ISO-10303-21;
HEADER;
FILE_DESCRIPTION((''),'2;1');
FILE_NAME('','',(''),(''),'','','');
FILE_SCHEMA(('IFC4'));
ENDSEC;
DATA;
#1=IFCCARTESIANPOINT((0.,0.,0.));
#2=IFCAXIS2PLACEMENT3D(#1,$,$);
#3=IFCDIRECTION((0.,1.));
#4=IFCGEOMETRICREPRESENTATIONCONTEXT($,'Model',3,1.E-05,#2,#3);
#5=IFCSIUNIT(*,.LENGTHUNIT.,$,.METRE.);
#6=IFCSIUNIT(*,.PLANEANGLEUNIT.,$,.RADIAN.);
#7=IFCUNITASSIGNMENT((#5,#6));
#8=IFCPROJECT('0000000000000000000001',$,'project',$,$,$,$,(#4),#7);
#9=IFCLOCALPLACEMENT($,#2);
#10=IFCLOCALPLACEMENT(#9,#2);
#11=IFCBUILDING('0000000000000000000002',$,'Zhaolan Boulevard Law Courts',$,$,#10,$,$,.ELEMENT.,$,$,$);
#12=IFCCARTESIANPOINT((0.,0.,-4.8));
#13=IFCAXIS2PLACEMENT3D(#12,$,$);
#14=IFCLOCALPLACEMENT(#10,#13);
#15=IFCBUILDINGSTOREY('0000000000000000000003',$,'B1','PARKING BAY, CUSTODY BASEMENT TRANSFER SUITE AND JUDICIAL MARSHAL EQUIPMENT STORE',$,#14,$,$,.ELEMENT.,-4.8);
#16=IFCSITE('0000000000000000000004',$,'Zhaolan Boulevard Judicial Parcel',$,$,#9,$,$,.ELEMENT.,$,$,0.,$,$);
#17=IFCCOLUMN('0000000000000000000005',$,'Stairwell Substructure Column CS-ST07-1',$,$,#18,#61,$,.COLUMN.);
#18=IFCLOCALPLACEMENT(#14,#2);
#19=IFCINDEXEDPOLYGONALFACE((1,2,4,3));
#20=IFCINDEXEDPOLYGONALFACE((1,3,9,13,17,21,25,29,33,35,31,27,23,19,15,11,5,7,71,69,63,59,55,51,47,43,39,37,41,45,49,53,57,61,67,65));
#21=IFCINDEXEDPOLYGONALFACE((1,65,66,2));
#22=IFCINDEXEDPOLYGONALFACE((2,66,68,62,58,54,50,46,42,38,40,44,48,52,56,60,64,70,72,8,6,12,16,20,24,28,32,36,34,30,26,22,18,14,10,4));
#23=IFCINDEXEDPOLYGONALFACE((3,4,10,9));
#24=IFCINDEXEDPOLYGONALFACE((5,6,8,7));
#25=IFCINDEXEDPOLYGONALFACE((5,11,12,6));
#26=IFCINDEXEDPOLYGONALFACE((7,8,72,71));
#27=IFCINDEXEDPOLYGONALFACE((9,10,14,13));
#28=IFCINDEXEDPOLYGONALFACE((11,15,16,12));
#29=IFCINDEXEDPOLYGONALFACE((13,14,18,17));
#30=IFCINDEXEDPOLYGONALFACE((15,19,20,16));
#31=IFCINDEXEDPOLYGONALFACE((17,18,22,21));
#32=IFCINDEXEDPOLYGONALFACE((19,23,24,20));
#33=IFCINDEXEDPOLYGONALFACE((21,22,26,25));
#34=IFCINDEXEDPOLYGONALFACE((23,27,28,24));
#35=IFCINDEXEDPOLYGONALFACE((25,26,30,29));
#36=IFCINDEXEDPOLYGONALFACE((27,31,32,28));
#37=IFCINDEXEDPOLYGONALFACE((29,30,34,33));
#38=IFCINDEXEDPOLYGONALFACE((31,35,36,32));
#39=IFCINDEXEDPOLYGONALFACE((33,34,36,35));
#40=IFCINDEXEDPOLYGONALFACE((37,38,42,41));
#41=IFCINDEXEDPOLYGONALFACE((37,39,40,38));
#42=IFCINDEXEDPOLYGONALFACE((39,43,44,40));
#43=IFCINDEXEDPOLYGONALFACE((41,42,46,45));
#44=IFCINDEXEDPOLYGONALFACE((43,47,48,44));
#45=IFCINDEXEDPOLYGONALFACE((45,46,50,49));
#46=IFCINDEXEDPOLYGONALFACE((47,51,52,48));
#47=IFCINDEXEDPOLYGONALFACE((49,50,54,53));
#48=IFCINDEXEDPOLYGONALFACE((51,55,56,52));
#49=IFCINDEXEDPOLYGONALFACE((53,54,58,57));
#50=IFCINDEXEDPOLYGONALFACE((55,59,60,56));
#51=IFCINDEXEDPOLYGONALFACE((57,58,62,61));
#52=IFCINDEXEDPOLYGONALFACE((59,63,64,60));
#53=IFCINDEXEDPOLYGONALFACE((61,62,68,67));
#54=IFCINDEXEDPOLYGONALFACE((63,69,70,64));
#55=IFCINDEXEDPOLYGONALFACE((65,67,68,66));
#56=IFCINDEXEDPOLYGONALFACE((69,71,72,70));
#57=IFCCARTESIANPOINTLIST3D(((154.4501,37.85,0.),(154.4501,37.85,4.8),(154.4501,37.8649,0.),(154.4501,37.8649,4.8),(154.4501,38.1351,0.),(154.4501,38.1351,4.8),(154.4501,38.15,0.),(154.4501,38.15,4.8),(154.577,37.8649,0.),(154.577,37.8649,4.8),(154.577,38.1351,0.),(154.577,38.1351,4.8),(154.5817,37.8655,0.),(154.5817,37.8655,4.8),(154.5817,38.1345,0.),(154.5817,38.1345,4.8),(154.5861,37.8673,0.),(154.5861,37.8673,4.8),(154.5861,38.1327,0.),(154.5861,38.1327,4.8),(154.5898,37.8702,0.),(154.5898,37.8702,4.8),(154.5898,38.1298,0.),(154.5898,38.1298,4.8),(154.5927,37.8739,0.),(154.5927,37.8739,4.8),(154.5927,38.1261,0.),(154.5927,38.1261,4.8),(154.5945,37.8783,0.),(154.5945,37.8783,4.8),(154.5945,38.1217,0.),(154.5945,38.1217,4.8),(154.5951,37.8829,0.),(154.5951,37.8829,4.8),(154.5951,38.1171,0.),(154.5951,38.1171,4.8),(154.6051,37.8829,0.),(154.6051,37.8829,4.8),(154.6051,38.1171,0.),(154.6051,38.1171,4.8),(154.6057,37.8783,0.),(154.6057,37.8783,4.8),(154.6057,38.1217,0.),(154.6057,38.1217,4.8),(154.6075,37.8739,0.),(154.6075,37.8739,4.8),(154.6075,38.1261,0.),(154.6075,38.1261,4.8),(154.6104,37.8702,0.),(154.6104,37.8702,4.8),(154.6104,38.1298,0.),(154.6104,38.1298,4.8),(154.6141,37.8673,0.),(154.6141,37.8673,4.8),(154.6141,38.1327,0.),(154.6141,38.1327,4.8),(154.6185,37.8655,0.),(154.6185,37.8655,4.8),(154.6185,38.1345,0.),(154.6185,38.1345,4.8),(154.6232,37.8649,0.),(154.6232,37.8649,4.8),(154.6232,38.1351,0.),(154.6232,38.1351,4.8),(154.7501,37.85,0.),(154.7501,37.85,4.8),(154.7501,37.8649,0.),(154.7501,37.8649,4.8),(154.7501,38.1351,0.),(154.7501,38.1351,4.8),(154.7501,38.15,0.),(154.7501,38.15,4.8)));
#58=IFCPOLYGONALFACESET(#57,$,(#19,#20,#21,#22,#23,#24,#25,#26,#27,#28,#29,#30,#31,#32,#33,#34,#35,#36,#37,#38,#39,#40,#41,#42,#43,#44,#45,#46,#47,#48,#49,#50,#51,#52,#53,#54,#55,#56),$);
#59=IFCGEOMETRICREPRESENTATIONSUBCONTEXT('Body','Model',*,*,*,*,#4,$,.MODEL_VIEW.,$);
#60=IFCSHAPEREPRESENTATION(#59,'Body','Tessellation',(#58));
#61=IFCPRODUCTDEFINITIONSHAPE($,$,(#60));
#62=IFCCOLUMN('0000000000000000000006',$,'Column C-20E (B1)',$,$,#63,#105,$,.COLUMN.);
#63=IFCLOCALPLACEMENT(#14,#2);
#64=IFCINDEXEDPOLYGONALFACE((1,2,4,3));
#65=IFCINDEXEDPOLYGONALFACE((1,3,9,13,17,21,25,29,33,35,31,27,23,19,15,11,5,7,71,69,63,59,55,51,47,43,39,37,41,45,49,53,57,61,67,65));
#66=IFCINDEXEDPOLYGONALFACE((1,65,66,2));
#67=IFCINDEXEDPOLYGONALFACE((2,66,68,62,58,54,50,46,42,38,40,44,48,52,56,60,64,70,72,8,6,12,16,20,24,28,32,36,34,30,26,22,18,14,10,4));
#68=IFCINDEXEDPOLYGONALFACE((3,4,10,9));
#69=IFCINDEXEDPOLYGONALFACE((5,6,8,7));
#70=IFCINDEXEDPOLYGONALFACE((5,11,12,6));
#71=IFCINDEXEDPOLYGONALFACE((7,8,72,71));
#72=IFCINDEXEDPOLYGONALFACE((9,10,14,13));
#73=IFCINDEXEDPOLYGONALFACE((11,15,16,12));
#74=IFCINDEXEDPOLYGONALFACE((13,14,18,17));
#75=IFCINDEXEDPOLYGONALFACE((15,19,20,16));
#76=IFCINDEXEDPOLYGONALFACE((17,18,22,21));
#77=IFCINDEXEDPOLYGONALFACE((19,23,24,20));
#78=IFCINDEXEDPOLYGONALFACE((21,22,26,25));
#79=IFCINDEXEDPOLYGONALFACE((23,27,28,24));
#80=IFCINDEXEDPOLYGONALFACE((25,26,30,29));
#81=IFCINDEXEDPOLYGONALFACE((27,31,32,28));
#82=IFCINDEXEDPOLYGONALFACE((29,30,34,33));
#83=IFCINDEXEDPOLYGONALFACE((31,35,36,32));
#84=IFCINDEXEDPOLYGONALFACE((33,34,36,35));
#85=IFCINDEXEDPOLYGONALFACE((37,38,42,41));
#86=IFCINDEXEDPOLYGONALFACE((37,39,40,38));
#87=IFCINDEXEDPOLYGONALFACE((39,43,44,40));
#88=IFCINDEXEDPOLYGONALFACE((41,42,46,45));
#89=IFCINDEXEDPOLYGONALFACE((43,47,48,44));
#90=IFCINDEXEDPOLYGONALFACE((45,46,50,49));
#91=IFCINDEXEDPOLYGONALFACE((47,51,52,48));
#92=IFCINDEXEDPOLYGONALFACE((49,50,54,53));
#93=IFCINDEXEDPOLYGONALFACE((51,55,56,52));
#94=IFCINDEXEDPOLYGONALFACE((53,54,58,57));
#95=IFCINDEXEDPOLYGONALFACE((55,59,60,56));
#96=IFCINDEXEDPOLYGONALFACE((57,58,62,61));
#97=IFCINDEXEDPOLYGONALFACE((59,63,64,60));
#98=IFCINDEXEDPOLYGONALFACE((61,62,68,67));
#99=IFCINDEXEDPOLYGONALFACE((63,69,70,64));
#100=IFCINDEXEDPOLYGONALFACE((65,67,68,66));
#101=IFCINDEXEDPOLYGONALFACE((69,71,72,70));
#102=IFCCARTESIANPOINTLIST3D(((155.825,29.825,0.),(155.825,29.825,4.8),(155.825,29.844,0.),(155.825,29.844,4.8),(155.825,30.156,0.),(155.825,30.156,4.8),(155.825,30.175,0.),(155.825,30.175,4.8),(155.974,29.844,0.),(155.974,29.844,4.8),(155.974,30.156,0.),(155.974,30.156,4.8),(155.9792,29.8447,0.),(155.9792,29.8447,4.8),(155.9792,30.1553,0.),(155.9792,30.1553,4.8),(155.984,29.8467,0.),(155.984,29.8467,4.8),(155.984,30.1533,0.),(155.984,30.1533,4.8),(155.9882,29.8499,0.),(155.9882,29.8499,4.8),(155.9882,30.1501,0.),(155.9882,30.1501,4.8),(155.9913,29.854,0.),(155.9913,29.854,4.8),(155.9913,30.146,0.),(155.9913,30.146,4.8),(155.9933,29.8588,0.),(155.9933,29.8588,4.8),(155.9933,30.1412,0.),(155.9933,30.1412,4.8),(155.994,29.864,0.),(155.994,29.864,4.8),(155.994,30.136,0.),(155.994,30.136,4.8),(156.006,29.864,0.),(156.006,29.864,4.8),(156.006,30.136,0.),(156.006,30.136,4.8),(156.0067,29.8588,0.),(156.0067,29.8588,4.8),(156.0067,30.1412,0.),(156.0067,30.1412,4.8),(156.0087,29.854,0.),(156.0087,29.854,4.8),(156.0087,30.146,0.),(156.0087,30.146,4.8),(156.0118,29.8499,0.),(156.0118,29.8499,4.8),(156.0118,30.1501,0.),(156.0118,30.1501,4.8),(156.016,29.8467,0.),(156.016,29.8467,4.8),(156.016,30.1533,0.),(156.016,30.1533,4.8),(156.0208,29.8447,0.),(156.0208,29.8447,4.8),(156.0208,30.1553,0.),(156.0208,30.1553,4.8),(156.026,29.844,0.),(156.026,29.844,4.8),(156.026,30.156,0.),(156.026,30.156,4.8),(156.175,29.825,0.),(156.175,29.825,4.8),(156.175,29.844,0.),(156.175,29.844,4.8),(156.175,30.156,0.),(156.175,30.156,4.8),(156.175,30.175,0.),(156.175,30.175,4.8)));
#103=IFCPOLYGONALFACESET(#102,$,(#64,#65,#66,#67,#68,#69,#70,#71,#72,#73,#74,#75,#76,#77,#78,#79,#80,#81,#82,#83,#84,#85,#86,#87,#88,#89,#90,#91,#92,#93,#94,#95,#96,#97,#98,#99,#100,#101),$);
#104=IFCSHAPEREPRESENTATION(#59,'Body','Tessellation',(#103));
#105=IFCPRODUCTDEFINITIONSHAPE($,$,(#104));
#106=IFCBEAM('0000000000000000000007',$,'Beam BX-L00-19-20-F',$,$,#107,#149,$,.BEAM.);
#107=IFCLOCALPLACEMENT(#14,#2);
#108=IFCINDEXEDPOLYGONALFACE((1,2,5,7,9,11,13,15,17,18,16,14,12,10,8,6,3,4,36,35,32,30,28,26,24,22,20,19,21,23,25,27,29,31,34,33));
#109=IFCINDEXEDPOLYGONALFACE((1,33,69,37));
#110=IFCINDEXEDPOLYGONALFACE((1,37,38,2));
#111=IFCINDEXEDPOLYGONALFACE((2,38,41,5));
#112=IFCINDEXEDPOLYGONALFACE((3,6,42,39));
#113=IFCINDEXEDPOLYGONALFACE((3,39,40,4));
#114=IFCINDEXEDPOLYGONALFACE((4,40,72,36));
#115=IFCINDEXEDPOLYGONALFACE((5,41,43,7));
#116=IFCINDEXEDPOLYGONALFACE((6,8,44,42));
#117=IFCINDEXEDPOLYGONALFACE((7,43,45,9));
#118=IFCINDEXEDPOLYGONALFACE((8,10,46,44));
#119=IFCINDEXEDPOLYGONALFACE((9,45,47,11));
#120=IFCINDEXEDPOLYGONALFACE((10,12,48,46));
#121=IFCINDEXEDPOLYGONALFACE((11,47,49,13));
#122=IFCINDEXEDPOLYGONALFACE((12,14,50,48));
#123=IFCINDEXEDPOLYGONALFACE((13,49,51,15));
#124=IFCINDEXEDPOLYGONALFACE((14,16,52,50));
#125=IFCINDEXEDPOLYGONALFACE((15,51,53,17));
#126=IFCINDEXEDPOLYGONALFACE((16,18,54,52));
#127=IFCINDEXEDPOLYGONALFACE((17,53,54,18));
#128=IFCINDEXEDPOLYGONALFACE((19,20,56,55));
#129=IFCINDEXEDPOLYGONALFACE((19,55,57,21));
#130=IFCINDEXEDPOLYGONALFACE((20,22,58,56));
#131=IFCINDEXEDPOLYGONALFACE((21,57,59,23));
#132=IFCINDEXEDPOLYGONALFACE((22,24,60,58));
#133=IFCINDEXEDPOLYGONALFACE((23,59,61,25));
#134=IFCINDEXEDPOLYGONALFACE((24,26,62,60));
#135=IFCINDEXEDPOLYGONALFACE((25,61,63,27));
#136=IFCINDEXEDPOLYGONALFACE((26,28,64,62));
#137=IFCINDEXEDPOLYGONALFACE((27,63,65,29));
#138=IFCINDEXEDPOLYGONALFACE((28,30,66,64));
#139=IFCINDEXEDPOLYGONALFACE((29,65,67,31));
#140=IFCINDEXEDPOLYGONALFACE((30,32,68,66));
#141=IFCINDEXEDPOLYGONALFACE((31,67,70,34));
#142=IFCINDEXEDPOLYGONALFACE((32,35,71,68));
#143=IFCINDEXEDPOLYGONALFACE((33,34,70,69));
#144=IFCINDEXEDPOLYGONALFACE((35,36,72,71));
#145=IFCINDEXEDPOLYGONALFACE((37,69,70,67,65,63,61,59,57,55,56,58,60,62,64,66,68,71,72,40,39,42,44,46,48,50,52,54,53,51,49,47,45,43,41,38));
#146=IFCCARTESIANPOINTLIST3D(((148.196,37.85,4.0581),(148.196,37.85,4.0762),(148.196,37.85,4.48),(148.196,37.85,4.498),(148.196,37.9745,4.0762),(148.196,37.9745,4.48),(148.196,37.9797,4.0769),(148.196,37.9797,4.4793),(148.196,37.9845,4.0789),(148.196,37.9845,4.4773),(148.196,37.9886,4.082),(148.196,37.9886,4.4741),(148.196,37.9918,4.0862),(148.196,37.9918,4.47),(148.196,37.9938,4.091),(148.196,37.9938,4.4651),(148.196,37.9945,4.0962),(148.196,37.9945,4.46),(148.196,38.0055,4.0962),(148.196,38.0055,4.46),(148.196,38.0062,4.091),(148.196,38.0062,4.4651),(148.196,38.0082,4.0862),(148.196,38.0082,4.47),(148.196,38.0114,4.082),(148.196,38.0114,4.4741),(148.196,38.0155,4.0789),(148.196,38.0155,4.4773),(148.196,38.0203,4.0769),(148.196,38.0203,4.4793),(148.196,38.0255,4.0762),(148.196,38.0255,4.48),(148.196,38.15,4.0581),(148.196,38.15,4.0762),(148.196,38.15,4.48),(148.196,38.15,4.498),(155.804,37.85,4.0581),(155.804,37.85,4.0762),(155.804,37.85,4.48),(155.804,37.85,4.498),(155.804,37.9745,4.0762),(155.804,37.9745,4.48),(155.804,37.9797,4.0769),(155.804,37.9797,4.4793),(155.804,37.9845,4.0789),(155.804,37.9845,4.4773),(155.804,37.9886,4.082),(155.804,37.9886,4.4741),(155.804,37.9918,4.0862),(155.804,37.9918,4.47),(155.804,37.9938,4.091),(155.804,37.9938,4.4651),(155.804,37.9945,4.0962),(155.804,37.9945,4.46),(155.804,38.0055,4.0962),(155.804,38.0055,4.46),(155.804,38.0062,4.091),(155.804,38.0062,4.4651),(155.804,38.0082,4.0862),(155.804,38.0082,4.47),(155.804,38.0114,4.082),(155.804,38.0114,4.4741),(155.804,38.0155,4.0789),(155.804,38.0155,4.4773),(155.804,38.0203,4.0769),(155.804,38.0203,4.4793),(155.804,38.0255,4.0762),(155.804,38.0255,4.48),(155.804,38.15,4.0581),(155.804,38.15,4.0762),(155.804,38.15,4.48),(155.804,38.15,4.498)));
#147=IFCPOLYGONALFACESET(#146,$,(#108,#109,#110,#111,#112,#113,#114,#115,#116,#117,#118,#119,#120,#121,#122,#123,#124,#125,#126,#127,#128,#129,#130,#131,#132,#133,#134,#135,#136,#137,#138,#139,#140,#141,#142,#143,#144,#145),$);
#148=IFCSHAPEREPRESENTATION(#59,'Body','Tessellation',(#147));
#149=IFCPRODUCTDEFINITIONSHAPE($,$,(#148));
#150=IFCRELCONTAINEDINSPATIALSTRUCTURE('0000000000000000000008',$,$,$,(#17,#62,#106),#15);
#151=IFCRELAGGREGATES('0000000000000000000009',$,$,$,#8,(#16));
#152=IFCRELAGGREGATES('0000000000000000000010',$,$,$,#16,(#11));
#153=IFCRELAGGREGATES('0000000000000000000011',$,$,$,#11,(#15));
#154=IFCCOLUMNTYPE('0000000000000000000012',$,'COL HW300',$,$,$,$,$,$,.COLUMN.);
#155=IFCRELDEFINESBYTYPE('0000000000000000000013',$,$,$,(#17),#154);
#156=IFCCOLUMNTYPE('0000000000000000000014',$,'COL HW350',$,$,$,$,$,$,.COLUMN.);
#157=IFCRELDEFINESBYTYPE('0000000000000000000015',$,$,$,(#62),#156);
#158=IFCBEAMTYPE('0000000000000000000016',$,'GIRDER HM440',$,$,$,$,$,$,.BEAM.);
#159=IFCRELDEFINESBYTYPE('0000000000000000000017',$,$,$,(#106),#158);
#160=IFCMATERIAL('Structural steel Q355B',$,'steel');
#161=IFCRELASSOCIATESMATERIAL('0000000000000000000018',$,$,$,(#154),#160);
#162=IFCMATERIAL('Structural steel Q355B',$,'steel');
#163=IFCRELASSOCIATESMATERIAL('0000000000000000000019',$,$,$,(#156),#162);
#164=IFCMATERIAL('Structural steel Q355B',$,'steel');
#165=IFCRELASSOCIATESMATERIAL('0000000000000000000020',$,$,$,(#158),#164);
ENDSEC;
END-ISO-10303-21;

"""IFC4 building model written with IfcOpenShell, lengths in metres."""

from ifc_helpers import new_model, si_unit, direction, frame, origin, origin_2d, place, context, subcontext, project, spatial, i_section, extrude, material, material_profile, profile_set, type_object, element, save


model = new_model("IFC4")

# Units and contexts
model_context = context("Model", 3, precision=1e-05, world=origin(), true_north=direction((0.0, 1.0)))
body_context = subcontext(model_context, "Body", "Model", "MODEL_VIEW")
ifc_project = project(units=[si_unit("LENGTHUNIT", "METRE"), si_unit("PLANEANGLEUNIT", "RADIAN")], contexts=[model_context])

# Site, building, storey
site_placement = place(None, origin())
site = spatial("IfcSite", under=ifc_project, at=site_placement, Name="Zhaolan Boulevard Judicial Parcel", CompositionType="ELEMENT", RefElevation=0.0)
building_placement = place(site_placement, origin())
building = spatial("IfcBuilding", under=site, at=building_placement, Name="Zhaolan Boulevard Law Courts", CompositionType="ELEMENT")
storey_placement = place(building_placement, frame((0.0, 0.0, -4.8)))
storey = spatial("IfcBuildingStorey", under=building, at=storey_placement, Name="B1", Description="PARKING BAY, CUSTODY BASEMENT TRANSFER SUITE AND JUDICIAL MARSHAL EQUIPMENT STORE", CompositionType="ELEMENT", Elevation=-4.8)

# Columns
ifc_material_1 = material(Name="Structural steel Q355B", Category="steel")
ifc_material_profile_1 = material_profile(ifc_material_1, i_section(OverallWidth=0.3, OverallDepth=0.3, WebThickness=0.01, FlangeThickness=0.0149, FilletRadius=0.0181, at=origin_2d()), Name="HW300x300")
ifc_profile_set_1 = profile_set([ifc_material_profile_1], Name="Structural steel Q355B")
column_type_1 = type_object("IfcColumnType", Name="COL HW300", PredefinedType="COLUMN", material=ifc_profile_set_1)
column_1_placement = place(storey_placement, frame((154.6001, 38.0, 0.0), z_axis=(0.0, 0.0, 1.0), x_axis=(1.0, 0.0, 0.0)))
element("IfcColumn", 1, at=column_1_placement, inside=storey, type_object=column_type_1, Name="Stairwell Substructure Column CS-ST07-1", PredefinedType="COLUMN", context=body_context, shape_type="SweptSolid", body=[
    extrude(i_section(OverallWidth=0.3, OverallDepth=0.3, WebThickness=0.01, FlangeThickness=0.0149, FilletRadius=0.0181, at=origin_2d()), origin(), (0.0, 0.0, 1.0), 4.8),
])
ifc_material_2 = material(Name="Structural steel Q355B", Category="steel")
ifc_material_profile_2 = material_profile(ifc_material_2, i_section(OverallWidth=0.3501, OverallDepth=0.3501, WebThickness=0.012, FlangeThickness=0.019, FilletRadius=0.02, at=origin_2d()), Name="HW350x350")
ifc_profile_set_2 = profile_set([ifc_material_profile_2], Name="Structural steel Q355B")
column_type_2 = type_object("IfcColumnType", Name="COL HW350", PredefinedType="COLUMN", material=ifc_profile_set_2)
column_2_placement = place(storey_placement, frame((156.0, 30.0, 0.0), z_axis=(0.0, 0.0, 1.0), x_axis=(1.0, 0.0, 0.0)))
element("IfcColumn", 2, at=column_2_placement, inside=storey, type_object=column_type_2, Name="Column C-20E (B1)", PredefinedType="COLUMN", context=body_context, shape_type="SweptSolid", body=[
    extrude(i_section(OverallWidth=0.3501, OverallDepth=0.3501, WebThickness=0.012, FlangeThickness=0.019, FilletRadius=0.02, at=origin_2d()), origin(), (0.0, 0.0, 1.0), 4.8),
])

# Beam
ifc_material_3 = material(Name="Structural steel Q355B", Category="steel")
ifc_material_profile_3 = material_profile(ifc_material_3, i_section(OverallWidth=0.3, OverallDepth=0.4399, WebThickness=0.011, FlangeThickness=0.0181, FilletRadius=0.02, at=origin_2d()), Name="HM440x300")
ifc_profile_set_3 = profile_set([ifc_material_profile_3], Name="Structural steel Q355B")
beam_type_1 = type_object("IfcBeamType", Name="GIRDER HM440", PredefinedType="BEAM", material=ifc_profile_set_3)
beam_1_placement = place(storey_placement, frame((148.196, 38.0, 4.2781), z_axis=(1.0, 0.0, 0.0), x_axis=(0.0, 1.0, 0.0)))
element("IfcBeam", 3, at=beam_1_placement, inside=storey, type_object=beam_type_1, Name="Beam BX-L00-19-20-F", PredefinedType="BEAM", context=body_context, shape_type="SweptSolid", body=[
    extrude(i_section(OverallWidth=0.3, OverallDepth=0.4399, WebThickness=0.011, FlangeThickness=0.0181, FilletRadius=0.02, at=origin_2d()), origin(), (0.0, 0.0, 1.0), 7.6079),
])

save(model, "model.ifc")
